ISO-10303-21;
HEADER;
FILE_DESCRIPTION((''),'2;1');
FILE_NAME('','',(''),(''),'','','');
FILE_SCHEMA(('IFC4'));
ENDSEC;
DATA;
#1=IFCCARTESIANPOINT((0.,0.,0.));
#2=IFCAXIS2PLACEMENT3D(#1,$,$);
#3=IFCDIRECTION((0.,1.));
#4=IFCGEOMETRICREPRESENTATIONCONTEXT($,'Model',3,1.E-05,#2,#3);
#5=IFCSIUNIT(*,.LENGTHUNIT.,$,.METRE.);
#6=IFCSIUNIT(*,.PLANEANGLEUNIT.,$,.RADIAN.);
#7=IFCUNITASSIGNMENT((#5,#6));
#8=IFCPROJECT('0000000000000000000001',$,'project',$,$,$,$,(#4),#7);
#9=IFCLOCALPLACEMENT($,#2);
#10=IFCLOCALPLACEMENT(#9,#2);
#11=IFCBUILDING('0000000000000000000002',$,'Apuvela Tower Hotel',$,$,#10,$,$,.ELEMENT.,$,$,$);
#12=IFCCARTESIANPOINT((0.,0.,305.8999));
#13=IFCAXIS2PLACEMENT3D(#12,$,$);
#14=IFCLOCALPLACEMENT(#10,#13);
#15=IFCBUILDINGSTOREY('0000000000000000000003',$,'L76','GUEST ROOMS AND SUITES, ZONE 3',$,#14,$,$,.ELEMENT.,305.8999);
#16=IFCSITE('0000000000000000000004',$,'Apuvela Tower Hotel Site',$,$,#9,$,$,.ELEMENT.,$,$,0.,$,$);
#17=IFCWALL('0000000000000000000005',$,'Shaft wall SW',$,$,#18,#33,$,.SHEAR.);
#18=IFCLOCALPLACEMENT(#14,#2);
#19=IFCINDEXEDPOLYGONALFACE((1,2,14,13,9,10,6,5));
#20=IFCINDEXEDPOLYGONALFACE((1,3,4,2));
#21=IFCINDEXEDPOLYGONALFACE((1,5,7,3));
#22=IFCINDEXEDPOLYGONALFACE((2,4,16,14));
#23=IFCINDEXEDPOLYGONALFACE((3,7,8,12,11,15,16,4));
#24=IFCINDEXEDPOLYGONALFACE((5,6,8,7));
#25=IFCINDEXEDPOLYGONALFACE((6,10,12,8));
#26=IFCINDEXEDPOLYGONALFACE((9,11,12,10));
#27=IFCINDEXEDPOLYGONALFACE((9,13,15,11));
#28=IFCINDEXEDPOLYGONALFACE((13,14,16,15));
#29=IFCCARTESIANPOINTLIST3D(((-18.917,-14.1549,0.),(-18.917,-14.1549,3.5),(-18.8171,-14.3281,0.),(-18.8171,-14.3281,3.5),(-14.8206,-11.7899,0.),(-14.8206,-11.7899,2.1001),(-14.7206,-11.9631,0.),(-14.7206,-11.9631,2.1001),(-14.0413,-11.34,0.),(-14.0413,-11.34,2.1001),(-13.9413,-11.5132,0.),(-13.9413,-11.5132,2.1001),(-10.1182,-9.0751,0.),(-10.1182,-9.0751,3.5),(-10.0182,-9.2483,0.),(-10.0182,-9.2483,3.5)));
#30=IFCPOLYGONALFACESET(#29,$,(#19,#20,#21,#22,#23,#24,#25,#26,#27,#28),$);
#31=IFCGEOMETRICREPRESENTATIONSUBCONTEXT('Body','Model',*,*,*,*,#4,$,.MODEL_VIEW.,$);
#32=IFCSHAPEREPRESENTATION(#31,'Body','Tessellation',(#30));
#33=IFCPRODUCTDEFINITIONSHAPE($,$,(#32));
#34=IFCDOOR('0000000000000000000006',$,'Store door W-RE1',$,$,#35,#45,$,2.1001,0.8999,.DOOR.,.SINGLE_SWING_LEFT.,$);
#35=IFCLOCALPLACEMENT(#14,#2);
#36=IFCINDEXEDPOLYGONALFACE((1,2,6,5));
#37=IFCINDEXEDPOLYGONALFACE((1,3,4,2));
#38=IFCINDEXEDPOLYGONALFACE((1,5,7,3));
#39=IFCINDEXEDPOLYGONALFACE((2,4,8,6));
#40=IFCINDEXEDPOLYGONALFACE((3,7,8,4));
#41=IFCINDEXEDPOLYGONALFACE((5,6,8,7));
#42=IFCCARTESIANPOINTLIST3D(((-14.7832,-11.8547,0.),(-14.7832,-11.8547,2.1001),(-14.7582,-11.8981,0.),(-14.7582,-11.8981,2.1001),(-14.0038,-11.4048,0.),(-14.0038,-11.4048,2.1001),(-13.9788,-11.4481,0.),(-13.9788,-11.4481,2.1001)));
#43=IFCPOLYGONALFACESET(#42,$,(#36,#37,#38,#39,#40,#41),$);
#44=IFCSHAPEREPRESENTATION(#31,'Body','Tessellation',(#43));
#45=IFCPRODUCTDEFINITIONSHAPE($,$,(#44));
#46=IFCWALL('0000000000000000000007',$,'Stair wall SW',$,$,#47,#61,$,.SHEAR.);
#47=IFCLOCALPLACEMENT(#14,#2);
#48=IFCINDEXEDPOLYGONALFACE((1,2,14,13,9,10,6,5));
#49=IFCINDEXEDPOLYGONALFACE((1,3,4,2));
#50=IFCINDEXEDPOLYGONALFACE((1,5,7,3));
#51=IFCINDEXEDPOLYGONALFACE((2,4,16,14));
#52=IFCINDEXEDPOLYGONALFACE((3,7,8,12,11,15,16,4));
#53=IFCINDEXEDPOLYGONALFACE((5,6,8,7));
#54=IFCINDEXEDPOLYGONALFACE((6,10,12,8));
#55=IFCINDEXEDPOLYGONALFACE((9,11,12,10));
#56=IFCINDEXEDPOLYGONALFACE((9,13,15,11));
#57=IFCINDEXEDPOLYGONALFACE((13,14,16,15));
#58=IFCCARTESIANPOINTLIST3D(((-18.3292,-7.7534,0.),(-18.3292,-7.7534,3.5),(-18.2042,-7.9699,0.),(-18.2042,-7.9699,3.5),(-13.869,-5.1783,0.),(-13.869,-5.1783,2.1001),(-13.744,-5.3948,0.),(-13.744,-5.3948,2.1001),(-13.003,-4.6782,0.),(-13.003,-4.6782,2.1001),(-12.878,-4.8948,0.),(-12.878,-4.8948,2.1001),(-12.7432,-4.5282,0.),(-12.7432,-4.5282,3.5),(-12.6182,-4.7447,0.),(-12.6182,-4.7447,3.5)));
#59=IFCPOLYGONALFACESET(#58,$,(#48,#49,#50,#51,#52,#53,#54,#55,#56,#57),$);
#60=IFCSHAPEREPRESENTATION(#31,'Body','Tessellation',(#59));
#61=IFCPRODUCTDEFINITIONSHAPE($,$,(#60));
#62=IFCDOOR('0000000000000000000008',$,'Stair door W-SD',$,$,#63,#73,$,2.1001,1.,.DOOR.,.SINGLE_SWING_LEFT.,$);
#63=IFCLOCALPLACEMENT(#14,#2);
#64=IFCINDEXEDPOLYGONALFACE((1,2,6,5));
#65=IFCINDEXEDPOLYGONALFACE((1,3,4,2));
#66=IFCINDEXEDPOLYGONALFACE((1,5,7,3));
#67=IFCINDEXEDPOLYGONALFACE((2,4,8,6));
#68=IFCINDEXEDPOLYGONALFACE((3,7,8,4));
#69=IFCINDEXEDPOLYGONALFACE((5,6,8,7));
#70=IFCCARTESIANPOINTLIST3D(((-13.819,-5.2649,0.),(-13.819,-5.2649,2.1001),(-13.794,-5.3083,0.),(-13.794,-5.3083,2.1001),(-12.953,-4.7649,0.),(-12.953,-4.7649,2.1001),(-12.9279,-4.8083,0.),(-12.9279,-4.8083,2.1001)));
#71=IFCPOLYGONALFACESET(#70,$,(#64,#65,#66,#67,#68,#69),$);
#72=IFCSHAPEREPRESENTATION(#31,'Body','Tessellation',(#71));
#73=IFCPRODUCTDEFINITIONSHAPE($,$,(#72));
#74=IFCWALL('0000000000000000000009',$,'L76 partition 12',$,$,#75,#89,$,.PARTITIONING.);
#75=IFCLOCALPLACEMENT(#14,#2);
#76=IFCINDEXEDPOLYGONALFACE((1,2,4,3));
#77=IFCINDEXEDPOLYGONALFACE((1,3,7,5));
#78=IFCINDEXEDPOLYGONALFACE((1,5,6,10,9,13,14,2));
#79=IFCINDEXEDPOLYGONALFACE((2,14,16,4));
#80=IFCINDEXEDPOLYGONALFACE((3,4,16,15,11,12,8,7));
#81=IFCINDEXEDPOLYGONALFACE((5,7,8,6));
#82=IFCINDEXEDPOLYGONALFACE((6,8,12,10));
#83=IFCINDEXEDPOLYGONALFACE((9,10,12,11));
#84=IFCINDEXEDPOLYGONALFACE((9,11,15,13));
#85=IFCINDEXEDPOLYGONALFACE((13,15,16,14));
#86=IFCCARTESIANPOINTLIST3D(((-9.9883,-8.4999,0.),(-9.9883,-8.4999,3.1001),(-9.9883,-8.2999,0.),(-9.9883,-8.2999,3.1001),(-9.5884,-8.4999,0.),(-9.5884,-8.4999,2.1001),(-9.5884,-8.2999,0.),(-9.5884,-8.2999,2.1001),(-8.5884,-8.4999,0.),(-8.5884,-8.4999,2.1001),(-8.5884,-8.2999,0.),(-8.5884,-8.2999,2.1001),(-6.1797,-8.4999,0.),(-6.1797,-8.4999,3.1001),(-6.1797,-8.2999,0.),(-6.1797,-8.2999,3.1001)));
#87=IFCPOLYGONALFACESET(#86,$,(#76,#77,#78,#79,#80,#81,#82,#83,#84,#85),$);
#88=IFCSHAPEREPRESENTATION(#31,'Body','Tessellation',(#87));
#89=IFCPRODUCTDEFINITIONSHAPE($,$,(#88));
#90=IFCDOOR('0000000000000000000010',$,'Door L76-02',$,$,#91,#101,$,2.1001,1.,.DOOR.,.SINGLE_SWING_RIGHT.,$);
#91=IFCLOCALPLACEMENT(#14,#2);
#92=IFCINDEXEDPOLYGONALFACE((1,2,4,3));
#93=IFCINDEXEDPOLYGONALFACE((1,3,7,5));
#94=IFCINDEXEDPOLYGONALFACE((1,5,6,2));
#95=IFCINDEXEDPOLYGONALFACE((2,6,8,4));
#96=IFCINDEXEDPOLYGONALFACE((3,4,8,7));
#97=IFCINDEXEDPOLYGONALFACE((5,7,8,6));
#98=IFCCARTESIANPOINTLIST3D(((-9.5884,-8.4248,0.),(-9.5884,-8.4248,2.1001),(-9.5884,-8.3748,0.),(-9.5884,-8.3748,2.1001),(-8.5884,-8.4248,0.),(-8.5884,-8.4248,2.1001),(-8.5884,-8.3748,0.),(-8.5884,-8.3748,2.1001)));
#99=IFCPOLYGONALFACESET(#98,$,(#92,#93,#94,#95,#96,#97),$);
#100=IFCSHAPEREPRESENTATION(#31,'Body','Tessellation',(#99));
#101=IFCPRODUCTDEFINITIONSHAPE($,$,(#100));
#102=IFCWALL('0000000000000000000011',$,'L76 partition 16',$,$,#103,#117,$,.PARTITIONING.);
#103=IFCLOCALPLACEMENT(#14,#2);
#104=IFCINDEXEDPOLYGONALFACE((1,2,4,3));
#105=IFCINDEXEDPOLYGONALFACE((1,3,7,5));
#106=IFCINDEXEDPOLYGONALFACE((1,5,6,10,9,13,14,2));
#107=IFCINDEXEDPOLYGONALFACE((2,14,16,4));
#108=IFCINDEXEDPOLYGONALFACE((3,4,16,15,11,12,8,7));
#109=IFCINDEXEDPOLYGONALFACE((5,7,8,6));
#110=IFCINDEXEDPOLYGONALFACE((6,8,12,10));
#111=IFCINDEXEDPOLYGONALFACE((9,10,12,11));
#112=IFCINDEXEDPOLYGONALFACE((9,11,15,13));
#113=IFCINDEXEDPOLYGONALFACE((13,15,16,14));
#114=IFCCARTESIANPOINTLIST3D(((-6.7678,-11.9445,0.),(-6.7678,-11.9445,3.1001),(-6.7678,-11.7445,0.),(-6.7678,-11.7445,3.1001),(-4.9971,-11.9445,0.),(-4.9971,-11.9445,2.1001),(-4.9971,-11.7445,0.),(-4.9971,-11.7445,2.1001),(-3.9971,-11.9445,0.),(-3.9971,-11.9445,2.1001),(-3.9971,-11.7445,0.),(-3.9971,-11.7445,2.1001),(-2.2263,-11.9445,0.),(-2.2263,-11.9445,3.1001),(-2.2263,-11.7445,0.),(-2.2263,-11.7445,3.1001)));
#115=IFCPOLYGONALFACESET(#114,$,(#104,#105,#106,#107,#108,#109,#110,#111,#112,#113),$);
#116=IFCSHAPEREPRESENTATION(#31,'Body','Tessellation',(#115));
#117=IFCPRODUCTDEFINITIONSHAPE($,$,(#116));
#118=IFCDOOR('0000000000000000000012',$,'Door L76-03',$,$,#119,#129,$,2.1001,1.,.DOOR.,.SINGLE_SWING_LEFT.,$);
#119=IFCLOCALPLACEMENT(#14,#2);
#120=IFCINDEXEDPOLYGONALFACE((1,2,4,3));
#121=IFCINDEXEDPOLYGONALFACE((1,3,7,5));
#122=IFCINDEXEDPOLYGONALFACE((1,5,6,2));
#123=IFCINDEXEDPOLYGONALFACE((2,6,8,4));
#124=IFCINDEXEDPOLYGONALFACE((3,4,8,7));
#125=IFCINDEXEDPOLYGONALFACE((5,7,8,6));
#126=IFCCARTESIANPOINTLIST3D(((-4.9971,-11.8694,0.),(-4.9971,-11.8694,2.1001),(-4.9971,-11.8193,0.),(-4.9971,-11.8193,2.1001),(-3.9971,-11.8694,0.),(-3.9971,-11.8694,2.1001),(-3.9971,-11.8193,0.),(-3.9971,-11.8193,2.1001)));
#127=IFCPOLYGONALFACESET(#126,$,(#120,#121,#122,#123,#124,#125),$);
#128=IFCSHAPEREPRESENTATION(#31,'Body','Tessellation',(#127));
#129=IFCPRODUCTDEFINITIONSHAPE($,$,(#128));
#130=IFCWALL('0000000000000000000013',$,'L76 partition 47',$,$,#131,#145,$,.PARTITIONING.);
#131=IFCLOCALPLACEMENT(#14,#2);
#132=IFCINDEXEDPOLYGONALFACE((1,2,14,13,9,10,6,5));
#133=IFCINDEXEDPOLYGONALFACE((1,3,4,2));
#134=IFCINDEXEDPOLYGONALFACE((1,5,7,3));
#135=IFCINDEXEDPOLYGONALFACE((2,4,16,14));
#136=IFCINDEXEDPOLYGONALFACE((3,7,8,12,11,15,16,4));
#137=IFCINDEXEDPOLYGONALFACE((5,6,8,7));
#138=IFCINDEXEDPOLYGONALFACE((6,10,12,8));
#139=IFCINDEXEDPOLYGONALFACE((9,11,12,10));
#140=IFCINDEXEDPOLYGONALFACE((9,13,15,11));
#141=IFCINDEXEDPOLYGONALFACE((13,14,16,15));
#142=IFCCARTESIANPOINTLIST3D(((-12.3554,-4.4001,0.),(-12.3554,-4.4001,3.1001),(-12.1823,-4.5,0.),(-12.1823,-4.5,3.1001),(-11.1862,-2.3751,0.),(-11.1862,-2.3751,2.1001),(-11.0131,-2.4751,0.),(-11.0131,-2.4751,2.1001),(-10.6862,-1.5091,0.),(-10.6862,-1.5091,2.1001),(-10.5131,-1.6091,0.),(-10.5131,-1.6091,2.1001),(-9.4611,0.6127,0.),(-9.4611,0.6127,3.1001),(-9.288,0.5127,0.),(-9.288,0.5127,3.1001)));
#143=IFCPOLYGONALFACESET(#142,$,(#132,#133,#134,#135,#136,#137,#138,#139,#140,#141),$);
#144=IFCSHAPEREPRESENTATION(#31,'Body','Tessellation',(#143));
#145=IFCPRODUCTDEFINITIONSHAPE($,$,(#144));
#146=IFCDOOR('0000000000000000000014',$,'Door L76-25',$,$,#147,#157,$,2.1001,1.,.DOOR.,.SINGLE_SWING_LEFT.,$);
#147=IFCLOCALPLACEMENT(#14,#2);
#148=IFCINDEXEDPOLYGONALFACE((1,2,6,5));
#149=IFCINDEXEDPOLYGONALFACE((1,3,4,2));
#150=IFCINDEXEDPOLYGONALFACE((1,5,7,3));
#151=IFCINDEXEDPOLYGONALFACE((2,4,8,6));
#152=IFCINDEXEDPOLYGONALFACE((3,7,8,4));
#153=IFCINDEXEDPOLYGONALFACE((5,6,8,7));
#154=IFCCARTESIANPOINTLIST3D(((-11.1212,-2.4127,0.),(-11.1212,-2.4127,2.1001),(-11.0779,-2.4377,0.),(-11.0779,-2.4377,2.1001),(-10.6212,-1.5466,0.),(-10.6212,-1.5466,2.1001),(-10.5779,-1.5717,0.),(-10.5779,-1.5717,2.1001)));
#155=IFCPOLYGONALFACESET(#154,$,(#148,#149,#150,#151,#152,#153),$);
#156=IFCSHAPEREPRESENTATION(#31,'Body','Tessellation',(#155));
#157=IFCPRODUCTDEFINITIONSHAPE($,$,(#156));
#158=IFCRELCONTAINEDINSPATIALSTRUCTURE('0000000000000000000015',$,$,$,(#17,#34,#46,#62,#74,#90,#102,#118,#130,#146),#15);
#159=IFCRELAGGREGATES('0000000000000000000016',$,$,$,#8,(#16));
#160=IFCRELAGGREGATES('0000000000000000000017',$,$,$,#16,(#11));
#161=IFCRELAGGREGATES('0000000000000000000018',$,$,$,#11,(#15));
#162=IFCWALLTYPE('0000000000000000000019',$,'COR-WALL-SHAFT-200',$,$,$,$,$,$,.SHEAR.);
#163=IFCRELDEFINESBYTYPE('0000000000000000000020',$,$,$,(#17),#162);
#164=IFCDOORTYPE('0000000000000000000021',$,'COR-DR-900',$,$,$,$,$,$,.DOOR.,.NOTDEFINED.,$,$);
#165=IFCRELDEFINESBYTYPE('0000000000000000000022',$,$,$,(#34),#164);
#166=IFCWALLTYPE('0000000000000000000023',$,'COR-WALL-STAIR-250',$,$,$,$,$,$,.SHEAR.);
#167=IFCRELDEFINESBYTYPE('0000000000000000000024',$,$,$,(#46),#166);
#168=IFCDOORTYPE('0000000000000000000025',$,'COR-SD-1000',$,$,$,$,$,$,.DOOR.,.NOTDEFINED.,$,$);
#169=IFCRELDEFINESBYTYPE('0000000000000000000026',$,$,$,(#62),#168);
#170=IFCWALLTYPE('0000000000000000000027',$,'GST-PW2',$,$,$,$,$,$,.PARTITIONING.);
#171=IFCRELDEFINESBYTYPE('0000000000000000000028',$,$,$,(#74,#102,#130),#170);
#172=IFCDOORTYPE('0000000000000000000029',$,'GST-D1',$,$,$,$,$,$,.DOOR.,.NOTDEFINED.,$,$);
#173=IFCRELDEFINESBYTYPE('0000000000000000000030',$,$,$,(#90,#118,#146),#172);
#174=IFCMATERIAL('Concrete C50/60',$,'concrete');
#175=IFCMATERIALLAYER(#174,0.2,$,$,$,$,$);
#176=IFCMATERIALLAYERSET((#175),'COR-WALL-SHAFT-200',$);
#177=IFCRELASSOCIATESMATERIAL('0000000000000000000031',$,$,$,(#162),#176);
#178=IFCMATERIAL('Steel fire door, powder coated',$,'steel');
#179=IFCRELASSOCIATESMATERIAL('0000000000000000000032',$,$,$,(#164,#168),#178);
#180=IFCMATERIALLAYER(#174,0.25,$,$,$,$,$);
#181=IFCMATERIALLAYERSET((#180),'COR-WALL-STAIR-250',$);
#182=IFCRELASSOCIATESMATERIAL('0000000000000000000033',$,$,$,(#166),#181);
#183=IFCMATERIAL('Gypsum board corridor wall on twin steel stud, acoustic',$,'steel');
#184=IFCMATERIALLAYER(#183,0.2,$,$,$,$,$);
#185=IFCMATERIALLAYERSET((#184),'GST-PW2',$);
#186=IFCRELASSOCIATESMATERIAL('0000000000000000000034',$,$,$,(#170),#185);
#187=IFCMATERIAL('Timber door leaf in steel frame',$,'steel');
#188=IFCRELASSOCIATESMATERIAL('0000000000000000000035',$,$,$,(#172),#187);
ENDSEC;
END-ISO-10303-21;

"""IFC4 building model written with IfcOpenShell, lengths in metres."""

from ifc_helpers import new_model, si_unit, direction, frame, frame_2d, origin, place, context, subcontext, project, spatial, rectangle, extrude, material, layer, layer_set, type_object, element, fill, save


model = new_model("IFC4")

# Units and contexts
model_context = context("Model", 3, precision=1e-05, world=origin(), true_north=direction((0.0, 1.0)))
body_context = subcontext(model_context, "Body", "Model", "MODEL_VIEW")
ifc_project = project(units=[si_unit("LENGTHUNIT", "METRE"), si_unit("PLANEANGLEUNIT", "RADIAN")], contexts=[model_context])

# Site, building, storey
site_placement = place(None, origin())
site = spatial("IfcSite", under=ifc_project, at=site_placement, Name="Apuvela Tower Hotel Site", CompositionType="ELEMENT", RefElevation=0.0)
building_placement = place(site_placement, origin())
building = spatial("IfcBuilding", under=site, at=building_placement, Name="Apuvela Tower Hotel", CompositionType="ELEMENT")
storey_placement = place(building_placement, frame((0.0, 0.0, 305.8999)))
storey = spatial("IfcBuildingStorey", under=building, at=storey_placement, Name="L76", Description="GUEST ROOMS AND SUITES, ZONE 3", CompositionType="ELEMENT", Elevation=305.8999)

# Shared definitions
ifc_material_1 = material(Name="Concrete C50/60", Category="concrete")
ifc_layer_1 = layer(ifc_material_1, 0.2)
ifc_layer_set_1 = layer_set([ifc_layer_1], Name="COR-WALL-SHAFT-200")
wall_type_1 = type_object("IfcWallType", Name="COR-WALL-SHAFT-200", PredefinedType="SHEAR", material=ifc_layer_set_1)

# Walls, openings, doors
wall_1_placement = place(storey_placement, frame((-10.0681, -9.1616, 0.0), z_axis=(0.0, 0.0, 1.0), x_axis=(-0.866033, -0.499987, 0.0)))
wall_1 = element("IfcWall", 1, at=wall_1_placement, inside=storey, type_object=wall_type_1, Name="Shaft wall SW", PredefinedType="SHEAR", context=body_context, shape_type="SweptSolid", body=[
    extrude(rectangle(XDim=10.1599, YDim=0.2, at=frame_2d((5.0801, 0.0))), origin(), (0.0, 0.0, 1.0), 3.5),
])
opening_1_placement = place(wall_1_placement, frame((4.53, 0.0, 0.0)))
opening_1 = element("IfcOpeningElement", 2, at=opening_1_placement, cuts=wall_1, PredefinedType="OPENING", context=body_context, shape_type="SweptSolid", body=[
    extrude(rectangle(XDim=0.8999, YDim=2.1001, at=frame_2d((0.45, 1.05))), frame((0.0, 0.1099, 0.0), z_axis=(0.0, -1.0, 0.0), x_axis=(1.0, 0.0, 0.0)), (0.0, 0.0, 1.0), 0.22),
])
ifc_material_2 = material(Name="Steel fire door, powder coated", Category="steel")
door_type_1 = type_object("IfcDoorType", Name="COR-DR-900", OperationType="NOTDEFINED", PredefinedType="DOOR", material=ifc_material_2)
door_1_placement = place(opening_1_placement, origin())
door_1 = element("IfcDoor", 3, at=door_1_placement, inside=storey, type_object=door_type_1, Name="Store door W-RE1", OperationType="SINGLE_SWING_LEFT", OverallHeight=2.1001, OverallWidth=0.8999, PredefinedType="DOOR", context=body_context, shape_type="SweptSolid", body=[
    extrude(rectangle(XDim=0.8999, YDim=2.1001, at=frame_2d((0.45, 1.05))), frame((0.0, 0.0249, 0.0), z_axis=(0.0, -1.0, 0.0), x_axis=(1.0, 0.0, 0.0)), (0.0, 0.0, 1.0), 0.05),
])
fill(opening_1, door_1)
ifc_layer_2 = layer(ifc_material_1, 0.25)
ifc_layer_set_2 = layer_set([ifc_layer_2], Name="COR-WALL-STAIR-250")
wall_type_2 = type_object("IfcWallType", Name="COR-WALL-STAIR-250", PredefinedType="SHEAR", material=ifc_layer_set_2)
wall_2_placement = place(storey_placement, frame((-12.6807, -4.6365, 0.0), z_axis=(0.0, 0.0, 1.0), x_axis=(-0.866022, -0.500006, 0.0)))
wall_2 = element("IfcWall", 4, at=wall_2_placement, inside=storey, type_object=wall_type_2, Name="Stair wall SW", PredefinedType="SHEAR", context=body_context, shape_type="SweptSolid", body=[
    extrude(rectangle(XDim=6.4502, YDim=0.25, at=frame_2d((3.2251, 0.0))), origin(), (0.0, 0.0, 1.0), 3.5),
])
opening_2_placement = place(wall_2_placement, frame((0.3, 0.0, 0.0)))
opening_2 = element("IfcOpeningElement", 5, at=opening_2_placement, cuts=wall_2, PredefinedType="OPENING", context=body_context, shape_type="SweptSolid", body=[
    extrude(rectangle(XDim=1.0, YDim=2.1001, at=frame_2d((0.5, 1.05))), frame((0.0, 0.135, 0.0), z_axis=(0.0, -1.0, 0.0), x_axis=(1.0, 0.0, 0.0)), (0.0, 0.0, 1.0), 0.27),
])
door_type_2 = type_object("IfcDoorType", Name="COR-SD-1000", OperationType="NOTDEFINED", PredefinedType="DOOR", material=ifc_material_2)
door_2_placement = place(opening_2_placement, frame((1.0, 0.0, 0.0), z_axis=(0.0, 0.0, 1.0), x_axis=(-1.0, 0.0, 0.0)))
door_2 = element("IfcDoor", 6, at=door_2_placement, inside=storey, type_object=door_type_2, Name="Stair door W-SD", OperationType="SINGLE_SWING_LEFT", OverallHeight=2.1001, OverallWidth=1.0, PredefinedType="DOOR", context=body_context, shape_type="SweptSolid", body=[
    extrude(rectangle(XDim=1.0, YDim=2.1001, at=frame_2d((0.5, 1.05))), frame((0.0, 0.0249, 0.0), z_axis=(0.0, -1.0, 0.0), x_axis=(1.0, 0.0, 0.0)), (0.0, 0.0, 1.0), 0.05),
])
fill(opening_2, door_2)
ifc_material_3 = material(Name="Gypsum board corridor wall on twin steel stud, acoustic", Category="steel")
ifc_layer_3 = layer(ifc_material_3, 0.2)
ifc_layer_set_3 = layer_set([ifc_layer_3], Name="GST-PW2")
wall_type_3 = type_object("IfcWallType", Name="GST-PW2", PredefinedType="PARTITIONING", material=ifc_layer_set_3)
wall_3_placement = place(storey_placement, frame((-6.1797, -8.3999, 0.0), z_axis=(0.0, 0.0, 1.0), x_axis=(-1.0, 0.0, 0.0)))
wall_3 = element("IfcWall", 7, at=wall_3_placement, inside=storey, type_object=wall_type_3, Name="L76 partition 12", PredefinedType="PARTITIONING", context=body_context, shape_type="SweptSolid", body=[
    extrude(rectangle(XDim=3.8086, YDim=0.2, at=frame_2d((1.9043, 0.0))), origin(), (0.0, 0.0, 1.0), 3.1001),
])
opening_3_placement = place(wall_3_placement, frame((2.4087, 0.0, 0.0)))
opening_3 = element("IfcOpeningElement", 8, at=opening_3_placement, cuts=wall_3, PredefinedType="OPENING", context=body_context, shape_type="SweptSolid", body=[
    extrude(rectangle(XDim=1.0, YDim=2.1001, at=frame_2d((0.5, 1.05))), frame((0.0, 0.1099, 0.0), z_axis=(0.0, -1.0, 0.0), x_axis=(1.0, 0.0, 0.0)), (0.0, 0.0, 1.0), 0.22),
])
ifc_material_4 = material(Name="Timber door leaf in steel frame", Category="steel")
door_type_3 = type_object("IfcDoorType", Name="GST-D1", OperationType="NOTDEFINED", PredefinedType="DOOR", material=ifc_material_4)
door_3_placement = place(opening_3_placement, origin())
door_3 = element("IfcDoor", 9, at=door_3_placement, inside=storey, type_object=door_type_3, Name="Door L76-02", OperationType="SINGLE_SWING_RIGHT", OverallHeight=2.1001, OverallWidth=1.0, PredefinedType="DOOR", context=body_context, shape_type="SweptSolid", body=[
    extrude(rectangle(XDim=1.0, YDim=2.1001, at=frame_2d((0.5, 1.05))), frame((0.0, 0.0249, 0.0), z_axis=(0.0, -1.0, 0.0), x_axis=(1.0, 0.0, 0.0)), (0.0, 0.0, 1.0), 0.05),
])
fill(opening_3, door_3)
wall_4_placement = place(storey_placement, frame((-2.2263, -11.8445, 0.0), z_axis=(0.0, 0.0, 1.0), x_axis=(-1.0, 0.0, 0.0)))
wall_4 = element("IfcWall", 10, at=wall_4_placement, inside=storey, type_object=wall_type_3, Name="L76 partition 16", PredefinedType="PARTITIONING", context=body_context, shape_type="SweptSolid", body=[
    extrude(rectangle(XDim=4.5415, YDim=0.2, at=frame_2d((2.2708, 0.0))), origin(), (0.0, 0.0, 1.0), 3.1001),
])
opening_4_placement = place(wall_4_placement, frame((1.7708, 0.0, 0.0)))
opening_4 = element("IfcOpeningElement", 11, at=opening_4_placement, cuts=wall_4, PredefinedType="OPENING", context=body_context, shape_type="SweptSolid", body=[
    extrude(rectangle(XDim=1.0, YDim=2.1001, at=frame_2d((0.5, 1.05))), frame((0.0, 0.1099, 0.0), z_axis=(0.0, -1.0, 0.0), x_axis=(1.0, 0.0, 0.0)), (0.0, 0.0, 1.0), 0.22),
])
door_4_placement = place(opening_4_placement, origin())
door_4 = element("IfcDoor", 12, at=door_4_placement, inside=storey, type_object=door_type_3, Name="Door L76-03", OperationType="SINGLE_SWING_LEFT", OverallHeight=2.1001, OverallWidth=1.0, PredefinedType="DOOR", context=body_context, shape_type="SweptSolid", body=[
    extrude(rectangle(XDim=1.0, YDim=2.1001, at=frame_2d((0.5, 1.05))), frame((0.0, 0.0249, 0.0), z_axis=(0.0, -1.0, 0.0), x_axis=(1.0, 0.0, 0.0)), (0.0, 0.0, 1.0), 0.05),
])
fill(opening_4, door_4)
wall_5_placement = place(storey_placement, frame((-12.2688, -4.45, 0.0), z_axis=(0.0, 0.0, 1.0), x_axis=(0.500027, 0.86601, 0.0)))
wall_5 = element("IfcWall", 13, at=wall_5_placement, inside=storey, type_object=wall_type_3, Name="L76 partition 47", PredefinedType="PARTITIONING", context=body_context, shape_type="SweptSolid", body=[
    extrude(rectangle(XDim=5.7883, YDim=0.2, at=frame_2d((2.894, 0.0))), origin(), (0.0, 0.0, 1.0), 3.1001),
])
opening_5_placement = place(wall_5_placement, frame((2.3381, 0.0, 0.0)))
opening_5 = element("IfcOpeningElement", 14, at=opening_5_placement, cuts=wall_5, PredefinedType="OPENING", context=body_context, shape_type="SweptSolid", body=[
    extrude(rectangle(XDim=1.0, YDim=2.1001, at=frame_2d((0.5, 1.05))), frame((0.0, 0.1099, 0.0), z_axis=(0.0, -1.0, 0.0), x_axis=(1.0, 0.0, 0.0)), (0.0, 0.0, 1.0), 0.22),
])
door_5_placement = place(opening_5_placement, origin())
door_5 = element("IfcDoor", 15, at=door_5_placement, inside=storey, type_object=door_type_3, Name="Door L76-25", OperationType="SINGLE_SWING_LEFT", OverallHeight=2.1001, OverallWidth=1.0, PredefinedType="DOOR", context=body_context, shape_type="SweptSolid", body=[
    extrude(rectangle(XDim=1.0, YDim=2.1001, at=frame_2d((0.5, 1.05))), frame((0.0, 0.0249, 0.0), z_axis=(0.0, -1.0, 0.0), x_axis=(1.0, 0.0, 0.0)), (0.0, 0.0, 1.0), 0.05),
])
fill(opening_5, door_5)

save(model, "model.ifc")
